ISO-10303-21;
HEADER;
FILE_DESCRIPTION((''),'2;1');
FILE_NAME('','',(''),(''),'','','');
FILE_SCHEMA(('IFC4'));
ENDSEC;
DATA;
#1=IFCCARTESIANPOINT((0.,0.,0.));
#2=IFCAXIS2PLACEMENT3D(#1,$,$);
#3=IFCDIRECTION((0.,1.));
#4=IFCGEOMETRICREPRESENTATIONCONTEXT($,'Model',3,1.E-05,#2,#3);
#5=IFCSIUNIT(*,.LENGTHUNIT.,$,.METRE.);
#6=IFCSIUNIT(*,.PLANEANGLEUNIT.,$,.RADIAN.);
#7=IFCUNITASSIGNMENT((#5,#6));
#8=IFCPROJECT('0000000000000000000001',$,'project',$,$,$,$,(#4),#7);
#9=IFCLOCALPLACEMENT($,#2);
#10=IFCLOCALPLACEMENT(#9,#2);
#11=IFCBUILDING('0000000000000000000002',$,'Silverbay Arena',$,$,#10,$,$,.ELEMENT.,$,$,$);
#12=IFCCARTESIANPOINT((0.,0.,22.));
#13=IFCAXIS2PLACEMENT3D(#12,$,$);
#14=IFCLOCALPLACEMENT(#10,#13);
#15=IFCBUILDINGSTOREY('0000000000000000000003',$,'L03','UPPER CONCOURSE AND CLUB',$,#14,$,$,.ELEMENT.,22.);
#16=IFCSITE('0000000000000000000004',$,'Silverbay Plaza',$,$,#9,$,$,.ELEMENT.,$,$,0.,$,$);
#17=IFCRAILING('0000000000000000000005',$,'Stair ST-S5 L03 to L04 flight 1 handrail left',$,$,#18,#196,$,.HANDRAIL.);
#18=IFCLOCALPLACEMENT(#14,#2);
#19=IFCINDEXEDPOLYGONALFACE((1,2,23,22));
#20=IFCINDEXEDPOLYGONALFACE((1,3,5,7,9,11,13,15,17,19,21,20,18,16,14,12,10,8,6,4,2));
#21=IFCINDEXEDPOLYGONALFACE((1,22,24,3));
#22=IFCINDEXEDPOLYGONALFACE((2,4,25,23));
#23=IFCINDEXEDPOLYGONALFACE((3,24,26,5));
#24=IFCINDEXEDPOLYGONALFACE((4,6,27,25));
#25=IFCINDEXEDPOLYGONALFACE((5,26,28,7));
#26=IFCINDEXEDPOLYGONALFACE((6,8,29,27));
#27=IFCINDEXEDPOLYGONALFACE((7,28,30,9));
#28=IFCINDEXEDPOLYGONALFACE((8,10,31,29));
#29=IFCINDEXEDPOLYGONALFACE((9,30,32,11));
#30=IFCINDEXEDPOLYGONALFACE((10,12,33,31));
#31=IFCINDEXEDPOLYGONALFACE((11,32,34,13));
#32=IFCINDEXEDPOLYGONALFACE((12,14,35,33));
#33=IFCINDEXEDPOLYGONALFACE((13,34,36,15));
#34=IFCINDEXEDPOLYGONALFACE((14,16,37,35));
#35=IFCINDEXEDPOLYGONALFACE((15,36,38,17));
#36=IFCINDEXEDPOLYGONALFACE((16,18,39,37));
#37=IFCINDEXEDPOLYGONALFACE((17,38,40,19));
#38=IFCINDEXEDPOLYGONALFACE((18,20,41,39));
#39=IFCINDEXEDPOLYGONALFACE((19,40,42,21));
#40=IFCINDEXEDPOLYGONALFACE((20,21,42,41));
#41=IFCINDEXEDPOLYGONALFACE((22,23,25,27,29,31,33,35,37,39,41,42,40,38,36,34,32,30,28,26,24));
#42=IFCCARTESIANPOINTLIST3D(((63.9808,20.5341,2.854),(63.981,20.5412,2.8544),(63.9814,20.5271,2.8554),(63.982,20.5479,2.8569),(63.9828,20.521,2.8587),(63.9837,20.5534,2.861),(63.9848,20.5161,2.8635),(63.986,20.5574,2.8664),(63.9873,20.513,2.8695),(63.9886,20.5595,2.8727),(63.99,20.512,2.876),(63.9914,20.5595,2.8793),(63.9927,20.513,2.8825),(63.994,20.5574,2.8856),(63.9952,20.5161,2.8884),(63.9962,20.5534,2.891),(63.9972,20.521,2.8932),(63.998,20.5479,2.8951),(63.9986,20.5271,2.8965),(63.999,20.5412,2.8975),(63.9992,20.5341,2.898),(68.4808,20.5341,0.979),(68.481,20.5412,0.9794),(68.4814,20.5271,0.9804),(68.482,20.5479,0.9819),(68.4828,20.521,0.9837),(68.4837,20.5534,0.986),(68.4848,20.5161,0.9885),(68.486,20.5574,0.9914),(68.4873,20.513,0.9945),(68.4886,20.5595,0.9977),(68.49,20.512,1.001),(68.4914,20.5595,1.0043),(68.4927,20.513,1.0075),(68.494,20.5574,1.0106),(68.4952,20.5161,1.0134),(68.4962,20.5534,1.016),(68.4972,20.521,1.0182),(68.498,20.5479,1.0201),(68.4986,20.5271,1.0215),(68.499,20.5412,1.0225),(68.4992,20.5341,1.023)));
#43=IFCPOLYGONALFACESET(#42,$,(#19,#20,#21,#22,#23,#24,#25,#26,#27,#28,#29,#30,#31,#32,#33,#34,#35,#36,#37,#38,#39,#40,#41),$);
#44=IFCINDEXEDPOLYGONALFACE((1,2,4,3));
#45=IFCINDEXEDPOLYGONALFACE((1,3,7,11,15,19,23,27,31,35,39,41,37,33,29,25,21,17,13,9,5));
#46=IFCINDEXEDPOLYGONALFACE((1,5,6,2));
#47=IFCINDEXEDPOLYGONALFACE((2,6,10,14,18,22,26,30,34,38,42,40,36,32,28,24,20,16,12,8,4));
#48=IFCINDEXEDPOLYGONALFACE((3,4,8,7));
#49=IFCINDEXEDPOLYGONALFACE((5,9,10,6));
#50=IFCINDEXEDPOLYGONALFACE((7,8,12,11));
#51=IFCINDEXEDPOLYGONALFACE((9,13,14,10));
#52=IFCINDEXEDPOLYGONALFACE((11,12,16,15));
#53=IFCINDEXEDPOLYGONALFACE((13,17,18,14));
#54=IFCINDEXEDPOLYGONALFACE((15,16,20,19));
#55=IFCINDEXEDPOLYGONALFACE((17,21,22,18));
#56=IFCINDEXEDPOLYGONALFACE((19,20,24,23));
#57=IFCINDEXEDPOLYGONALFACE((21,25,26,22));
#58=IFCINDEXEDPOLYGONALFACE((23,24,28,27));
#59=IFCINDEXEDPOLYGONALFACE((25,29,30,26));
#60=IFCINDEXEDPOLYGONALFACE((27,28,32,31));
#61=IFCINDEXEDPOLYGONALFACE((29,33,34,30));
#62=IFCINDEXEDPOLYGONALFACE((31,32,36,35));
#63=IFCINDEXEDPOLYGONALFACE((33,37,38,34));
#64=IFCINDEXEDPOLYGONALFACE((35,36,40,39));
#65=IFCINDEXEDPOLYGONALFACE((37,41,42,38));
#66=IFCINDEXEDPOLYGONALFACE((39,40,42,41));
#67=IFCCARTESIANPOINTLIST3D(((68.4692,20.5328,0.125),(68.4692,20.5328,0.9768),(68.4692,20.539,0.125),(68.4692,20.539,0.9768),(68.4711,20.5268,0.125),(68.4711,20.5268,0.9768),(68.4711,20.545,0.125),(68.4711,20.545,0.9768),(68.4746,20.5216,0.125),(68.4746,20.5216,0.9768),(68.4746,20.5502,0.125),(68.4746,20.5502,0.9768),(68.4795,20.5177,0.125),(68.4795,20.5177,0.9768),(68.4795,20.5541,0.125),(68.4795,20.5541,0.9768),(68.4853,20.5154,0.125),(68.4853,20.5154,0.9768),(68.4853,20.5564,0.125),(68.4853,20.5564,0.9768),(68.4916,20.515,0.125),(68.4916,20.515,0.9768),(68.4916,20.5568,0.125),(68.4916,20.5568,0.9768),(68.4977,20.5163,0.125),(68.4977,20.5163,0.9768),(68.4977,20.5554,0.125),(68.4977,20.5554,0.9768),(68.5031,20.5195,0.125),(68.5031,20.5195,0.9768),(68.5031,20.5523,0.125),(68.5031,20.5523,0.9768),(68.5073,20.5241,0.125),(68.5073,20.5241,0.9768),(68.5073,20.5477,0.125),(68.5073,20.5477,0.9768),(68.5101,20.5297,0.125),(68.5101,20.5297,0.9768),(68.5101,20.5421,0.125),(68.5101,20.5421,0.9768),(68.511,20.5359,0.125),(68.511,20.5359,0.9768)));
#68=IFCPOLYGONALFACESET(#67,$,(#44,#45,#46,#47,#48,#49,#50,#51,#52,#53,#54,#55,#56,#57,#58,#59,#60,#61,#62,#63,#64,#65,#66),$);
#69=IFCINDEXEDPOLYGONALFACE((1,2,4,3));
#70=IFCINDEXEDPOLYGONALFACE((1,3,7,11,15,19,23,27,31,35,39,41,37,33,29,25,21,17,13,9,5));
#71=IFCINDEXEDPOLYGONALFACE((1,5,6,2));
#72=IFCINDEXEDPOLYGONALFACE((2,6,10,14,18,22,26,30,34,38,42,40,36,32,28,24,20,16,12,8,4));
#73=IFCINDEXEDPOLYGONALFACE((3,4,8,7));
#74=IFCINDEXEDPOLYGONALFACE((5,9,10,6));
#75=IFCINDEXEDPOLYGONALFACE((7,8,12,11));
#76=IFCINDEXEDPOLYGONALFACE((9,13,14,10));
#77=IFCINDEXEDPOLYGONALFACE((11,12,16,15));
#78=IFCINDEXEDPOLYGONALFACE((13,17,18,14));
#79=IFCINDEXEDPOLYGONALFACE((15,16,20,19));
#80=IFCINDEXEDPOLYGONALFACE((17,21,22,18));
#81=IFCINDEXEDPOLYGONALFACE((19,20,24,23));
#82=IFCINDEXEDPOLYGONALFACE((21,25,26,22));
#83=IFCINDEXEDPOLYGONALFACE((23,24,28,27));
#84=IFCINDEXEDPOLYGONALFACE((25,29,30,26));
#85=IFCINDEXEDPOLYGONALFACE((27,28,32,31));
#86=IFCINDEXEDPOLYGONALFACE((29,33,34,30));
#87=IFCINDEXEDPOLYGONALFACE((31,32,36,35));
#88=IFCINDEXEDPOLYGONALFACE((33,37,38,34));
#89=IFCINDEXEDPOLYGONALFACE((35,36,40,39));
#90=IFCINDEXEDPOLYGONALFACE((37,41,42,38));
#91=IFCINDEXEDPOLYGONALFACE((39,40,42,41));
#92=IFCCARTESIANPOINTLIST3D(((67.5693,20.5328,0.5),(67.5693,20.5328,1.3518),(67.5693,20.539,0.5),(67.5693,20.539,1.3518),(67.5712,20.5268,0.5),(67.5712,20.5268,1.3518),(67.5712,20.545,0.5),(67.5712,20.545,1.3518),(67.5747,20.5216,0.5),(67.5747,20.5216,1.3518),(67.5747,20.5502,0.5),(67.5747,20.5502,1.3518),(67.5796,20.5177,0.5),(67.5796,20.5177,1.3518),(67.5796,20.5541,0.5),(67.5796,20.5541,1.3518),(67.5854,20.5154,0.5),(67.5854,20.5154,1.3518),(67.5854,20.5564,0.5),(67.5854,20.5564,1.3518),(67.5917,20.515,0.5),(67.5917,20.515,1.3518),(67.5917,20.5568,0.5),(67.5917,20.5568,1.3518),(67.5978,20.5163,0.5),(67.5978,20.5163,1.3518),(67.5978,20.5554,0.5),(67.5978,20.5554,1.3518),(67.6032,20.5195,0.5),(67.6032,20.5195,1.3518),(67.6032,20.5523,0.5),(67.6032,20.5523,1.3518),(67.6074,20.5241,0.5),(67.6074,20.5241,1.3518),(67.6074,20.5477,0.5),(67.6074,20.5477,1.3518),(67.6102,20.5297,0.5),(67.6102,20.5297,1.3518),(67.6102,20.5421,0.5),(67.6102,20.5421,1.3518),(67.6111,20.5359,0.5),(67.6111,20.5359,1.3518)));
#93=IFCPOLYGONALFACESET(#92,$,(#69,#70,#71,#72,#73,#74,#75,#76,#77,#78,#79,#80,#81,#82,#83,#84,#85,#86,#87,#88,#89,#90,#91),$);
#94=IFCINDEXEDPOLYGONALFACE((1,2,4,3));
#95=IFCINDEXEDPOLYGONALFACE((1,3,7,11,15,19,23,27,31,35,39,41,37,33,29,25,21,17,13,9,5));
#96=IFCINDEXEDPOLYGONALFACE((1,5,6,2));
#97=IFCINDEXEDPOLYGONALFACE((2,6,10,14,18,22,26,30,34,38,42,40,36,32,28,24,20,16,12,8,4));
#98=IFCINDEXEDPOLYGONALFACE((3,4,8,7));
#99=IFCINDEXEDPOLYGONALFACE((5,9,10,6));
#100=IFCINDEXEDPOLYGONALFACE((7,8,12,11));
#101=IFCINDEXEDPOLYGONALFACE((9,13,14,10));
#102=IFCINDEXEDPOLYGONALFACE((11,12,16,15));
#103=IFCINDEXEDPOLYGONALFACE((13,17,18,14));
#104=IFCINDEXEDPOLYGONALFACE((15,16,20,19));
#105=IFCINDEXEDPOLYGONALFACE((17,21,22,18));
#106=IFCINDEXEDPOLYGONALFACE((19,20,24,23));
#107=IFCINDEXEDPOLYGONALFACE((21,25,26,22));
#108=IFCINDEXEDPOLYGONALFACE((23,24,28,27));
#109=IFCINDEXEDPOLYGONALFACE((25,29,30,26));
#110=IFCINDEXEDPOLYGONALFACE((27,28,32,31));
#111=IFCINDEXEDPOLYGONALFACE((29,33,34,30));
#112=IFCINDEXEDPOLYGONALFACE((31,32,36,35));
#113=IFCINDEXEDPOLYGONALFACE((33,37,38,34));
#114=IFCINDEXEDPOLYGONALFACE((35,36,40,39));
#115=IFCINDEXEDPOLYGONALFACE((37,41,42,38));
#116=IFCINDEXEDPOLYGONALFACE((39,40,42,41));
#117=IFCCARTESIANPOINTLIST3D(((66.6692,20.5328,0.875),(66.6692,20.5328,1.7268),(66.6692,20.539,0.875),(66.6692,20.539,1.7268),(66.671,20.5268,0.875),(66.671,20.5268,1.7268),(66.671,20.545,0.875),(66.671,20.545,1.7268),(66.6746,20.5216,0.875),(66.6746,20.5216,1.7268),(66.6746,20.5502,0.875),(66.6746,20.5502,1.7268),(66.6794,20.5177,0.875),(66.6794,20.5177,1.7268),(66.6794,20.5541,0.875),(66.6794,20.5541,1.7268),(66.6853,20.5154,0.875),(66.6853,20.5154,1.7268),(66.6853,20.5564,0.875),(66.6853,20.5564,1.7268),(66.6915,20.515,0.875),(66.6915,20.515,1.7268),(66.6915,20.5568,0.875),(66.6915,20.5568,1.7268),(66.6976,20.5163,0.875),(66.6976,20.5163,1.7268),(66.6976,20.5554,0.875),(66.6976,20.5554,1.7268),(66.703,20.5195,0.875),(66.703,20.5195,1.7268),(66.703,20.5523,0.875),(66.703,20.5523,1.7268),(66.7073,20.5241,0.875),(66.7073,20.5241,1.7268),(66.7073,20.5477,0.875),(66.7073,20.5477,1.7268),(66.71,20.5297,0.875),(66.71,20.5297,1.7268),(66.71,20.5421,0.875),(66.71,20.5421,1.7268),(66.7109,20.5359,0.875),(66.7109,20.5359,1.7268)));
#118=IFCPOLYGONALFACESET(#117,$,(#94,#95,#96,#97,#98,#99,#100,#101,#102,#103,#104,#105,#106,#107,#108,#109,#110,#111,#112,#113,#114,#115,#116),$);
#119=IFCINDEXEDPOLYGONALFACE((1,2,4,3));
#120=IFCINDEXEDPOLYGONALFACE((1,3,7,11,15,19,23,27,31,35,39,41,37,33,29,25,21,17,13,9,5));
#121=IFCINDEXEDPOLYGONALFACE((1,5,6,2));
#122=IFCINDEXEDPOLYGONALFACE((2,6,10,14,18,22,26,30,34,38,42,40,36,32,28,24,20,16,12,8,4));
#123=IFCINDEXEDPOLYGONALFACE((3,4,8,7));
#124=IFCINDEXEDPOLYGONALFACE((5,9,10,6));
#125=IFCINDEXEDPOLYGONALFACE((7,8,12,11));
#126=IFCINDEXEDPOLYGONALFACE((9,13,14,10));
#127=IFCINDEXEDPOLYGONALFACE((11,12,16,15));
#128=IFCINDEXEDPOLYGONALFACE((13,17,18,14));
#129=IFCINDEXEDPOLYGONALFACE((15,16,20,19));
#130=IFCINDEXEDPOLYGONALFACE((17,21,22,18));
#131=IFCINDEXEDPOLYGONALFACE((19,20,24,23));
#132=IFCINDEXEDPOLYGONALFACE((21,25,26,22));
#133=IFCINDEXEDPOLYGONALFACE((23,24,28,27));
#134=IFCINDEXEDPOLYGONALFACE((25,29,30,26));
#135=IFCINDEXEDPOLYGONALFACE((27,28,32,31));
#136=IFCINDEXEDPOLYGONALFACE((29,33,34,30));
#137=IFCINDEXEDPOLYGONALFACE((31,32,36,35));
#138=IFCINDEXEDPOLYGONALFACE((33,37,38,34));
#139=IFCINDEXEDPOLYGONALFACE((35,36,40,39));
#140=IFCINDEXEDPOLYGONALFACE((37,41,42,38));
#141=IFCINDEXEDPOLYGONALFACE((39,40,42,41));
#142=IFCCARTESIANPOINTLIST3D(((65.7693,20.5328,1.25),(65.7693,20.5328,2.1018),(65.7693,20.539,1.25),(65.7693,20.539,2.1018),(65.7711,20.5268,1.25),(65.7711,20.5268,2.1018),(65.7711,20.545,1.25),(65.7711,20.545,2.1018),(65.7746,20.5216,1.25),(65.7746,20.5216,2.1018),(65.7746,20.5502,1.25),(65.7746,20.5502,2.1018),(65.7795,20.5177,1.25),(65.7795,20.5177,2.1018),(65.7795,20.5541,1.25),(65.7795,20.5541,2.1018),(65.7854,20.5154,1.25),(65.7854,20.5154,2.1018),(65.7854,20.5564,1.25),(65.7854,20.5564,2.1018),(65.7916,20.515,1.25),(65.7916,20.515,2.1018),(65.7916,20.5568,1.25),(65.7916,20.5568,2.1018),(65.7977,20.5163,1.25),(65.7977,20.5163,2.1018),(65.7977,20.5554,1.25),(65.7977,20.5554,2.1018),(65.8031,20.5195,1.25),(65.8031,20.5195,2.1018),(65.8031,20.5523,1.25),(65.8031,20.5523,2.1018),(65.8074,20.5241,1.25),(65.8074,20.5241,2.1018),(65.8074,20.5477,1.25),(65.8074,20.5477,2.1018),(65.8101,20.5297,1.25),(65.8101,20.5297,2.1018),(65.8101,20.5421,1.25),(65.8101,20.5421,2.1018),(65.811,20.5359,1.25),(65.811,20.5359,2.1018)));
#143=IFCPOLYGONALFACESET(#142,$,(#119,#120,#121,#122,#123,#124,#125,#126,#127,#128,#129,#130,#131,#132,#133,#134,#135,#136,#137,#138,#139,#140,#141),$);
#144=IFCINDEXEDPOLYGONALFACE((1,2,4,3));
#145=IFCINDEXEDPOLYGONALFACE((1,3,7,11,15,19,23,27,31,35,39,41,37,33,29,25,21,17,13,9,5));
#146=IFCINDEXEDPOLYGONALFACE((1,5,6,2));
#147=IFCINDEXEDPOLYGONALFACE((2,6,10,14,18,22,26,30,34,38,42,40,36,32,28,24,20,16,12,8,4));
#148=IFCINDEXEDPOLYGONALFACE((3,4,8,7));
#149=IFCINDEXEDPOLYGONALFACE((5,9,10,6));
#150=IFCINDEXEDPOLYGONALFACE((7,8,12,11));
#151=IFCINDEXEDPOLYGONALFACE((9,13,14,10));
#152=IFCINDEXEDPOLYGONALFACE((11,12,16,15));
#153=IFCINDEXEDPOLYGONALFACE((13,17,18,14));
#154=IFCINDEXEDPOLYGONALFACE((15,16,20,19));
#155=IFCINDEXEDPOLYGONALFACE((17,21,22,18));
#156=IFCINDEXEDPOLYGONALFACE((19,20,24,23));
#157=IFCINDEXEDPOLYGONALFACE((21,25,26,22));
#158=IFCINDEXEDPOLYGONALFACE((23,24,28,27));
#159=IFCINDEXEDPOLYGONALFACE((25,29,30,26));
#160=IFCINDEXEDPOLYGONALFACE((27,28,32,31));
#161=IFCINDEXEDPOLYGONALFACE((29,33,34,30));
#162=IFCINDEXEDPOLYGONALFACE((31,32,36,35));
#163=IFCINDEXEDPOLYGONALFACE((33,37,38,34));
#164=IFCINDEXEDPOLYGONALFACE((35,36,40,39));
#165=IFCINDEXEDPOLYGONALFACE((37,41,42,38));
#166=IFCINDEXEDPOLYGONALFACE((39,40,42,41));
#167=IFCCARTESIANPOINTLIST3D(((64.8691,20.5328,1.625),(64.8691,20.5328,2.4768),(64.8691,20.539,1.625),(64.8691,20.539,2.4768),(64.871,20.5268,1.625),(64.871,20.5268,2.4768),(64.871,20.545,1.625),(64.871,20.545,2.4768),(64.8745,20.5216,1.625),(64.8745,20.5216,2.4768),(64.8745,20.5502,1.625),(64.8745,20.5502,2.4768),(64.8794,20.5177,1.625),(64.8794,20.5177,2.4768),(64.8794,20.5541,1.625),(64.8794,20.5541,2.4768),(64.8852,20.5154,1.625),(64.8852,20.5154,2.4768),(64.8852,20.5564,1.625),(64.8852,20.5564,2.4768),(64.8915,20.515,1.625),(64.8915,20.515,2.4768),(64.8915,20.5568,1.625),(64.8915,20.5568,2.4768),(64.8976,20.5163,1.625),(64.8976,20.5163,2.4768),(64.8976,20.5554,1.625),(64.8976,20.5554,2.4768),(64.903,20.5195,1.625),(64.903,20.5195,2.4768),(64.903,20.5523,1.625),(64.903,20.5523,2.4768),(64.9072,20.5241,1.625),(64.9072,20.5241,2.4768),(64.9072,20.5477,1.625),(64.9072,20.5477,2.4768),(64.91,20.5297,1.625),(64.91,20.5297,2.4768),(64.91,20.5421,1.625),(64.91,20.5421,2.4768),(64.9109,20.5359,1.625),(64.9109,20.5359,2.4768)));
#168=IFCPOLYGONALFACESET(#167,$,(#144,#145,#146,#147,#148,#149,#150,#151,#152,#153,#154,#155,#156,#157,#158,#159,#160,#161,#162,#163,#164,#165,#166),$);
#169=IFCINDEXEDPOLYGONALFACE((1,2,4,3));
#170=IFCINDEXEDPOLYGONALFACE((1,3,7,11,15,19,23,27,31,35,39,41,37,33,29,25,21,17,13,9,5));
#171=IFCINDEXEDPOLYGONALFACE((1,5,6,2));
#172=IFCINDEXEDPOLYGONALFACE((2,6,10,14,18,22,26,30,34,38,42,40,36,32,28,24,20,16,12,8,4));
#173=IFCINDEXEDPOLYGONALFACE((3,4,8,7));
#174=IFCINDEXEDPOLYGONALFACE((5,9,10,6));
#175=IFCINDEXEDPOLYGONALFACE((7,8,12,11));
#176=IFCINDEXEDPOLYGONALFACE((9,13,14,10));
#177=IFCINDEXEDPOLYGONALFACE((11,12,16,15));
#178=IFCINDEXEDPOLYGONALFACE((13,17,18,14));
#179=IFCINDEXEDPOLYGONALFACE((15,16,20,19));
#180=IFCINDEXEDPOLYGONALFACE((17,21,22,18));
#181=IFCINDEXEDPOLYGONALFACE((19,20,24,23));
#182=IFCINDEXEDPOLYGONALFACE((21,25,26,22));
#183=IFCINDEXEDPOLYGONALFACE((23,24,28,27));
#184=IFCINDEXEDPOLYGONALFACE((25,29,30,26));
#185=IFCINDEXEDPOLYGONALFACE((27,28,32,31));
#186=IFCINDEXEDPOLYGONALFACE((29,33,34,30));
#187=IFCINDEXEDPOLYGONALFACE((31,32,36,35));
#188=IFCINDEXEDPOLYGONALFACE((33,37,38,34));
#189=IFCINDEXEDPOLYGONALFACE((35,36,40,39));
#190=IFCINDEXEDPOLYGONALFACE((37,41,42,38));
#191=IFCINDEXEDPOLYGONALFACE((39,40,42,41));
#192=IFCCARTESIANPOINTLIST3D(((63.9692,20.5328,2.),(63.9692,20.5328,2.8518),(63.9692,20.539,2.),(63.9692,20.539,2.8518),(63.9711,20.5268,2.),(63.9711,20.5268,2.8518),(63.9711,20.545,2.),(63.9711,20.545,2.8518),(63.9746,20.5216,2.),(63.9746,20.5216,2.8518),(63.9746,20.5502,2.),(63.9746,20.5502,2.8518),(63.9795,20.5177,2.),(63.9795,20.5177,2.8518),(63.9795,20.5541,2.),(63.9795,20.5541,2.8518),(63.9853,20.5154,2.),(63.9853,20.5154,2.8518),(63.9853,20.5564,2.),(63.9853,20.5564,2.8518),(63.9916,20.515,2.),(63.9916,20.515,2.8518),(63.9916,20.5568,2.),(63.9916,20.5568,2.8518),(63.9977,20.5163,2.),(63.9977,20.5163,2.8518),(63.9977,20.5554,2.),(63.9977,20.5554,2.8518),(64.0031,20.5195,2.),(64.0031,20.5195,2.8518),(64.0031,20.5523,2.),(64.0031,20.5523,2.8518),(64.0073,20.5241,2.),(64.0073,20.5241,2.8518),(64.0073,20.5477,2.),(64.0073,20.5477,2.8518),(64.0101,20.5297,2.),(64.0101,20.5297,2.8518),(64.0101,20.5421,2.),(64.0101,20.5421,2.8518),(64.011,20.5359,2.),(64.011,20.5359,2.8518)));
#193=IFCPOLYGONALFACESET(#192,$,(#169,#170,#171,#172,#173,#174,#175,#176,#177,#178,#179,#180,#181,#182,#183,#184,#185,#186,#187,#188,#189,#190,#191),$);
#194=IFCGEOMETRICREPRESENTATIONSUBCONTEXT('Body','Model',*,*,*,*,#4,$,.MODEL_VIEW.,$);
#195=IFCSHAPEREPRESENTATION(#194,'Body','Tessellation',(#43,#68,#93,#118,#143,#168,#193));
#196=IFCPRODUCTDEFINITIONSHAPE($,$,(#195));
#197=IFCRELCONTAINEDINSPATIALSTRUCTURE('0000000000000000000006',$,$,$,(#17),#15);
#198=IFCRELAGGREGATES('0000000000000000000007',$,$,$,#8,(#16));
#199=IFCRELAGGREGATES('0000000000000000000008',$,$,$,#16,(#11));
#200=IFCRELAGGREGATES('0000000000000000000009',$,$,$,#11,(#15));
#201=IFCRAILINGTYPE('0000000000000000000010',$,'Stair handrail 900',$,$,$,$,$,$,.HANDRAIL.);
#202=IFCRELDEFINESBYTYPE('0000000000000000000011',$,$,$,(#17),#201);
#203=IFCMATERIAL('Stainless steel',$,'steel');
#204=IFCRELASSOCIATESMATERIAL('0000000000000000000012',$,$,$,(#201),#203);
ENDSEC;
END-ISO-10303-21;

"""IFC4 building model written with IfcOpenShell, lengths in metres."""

from ifc_helpers import new_model, si_unit, direction, frame, origin, origin_2d, place, context, subcontext, project, spatial, circle, extrude, material, type_object, element, save


model = new_model("IFC4")

# Units and contexts
model_context = context("Model", 3, precision=1e-05, world=origin(), true_north=direction((0.0, 1.0)))
body_context = subcontext(model_context, "Body", "Model", "MODEL_VIEW")
ifc_project = project(units=[si_unit("LENGTHUNIT", "METRE"), si_unit("PLANEANGLEUNIT", "RADIAN")], contexts=[model_context])

# Site, building, storey
site_placement = place(None, origin())
site = spatial("IfcSite", under=ifc_project, at=site_placement, Name="Silverbay Plaza", CompositionType="ELEMENT", RefElevation=0.0)
building_placement = place(site_placement, origin())
building = spatial("IfcBuilding", under=site, at=building_placement, Name="Silverbay Arena", CompositionType="ELEMENT")
storey_placement = place(building_placement, frame((0.0, 0.0, 22.0)))
storey = spatial("IfcBuildingStorey", under=building, at=storey_placement, Name="L03", Description="UPPER CONCOURSE AND CLUB", CompositionType="ELEMENT", Elevation=22.0)

# Railing
ifc_material_1 = material(Name="Stainless steel", Category="steel")
railing_type_1 = type_object("IfcRailingType", Name="Stair handrail 900", PredefinedType="HANDRAIL", material=ifc_material_1)
for number, where, name in (
    (1, (68.49, 20.5359, 0.125), "Stair ST-S5 L03 to L04 flight 1 handrail left"),
):
    element("IfcRailing", number, at=place(storey_placement, frame(where)), inside=storey, type_object=railing_type_1, Name=name, PredefinedType="HANDRAIL", context=body_context, shape_type="SweptSolid", body=[
        extrude(circle(Radius=0.0239, at=origin_2d()), frame((0.0, 0.0, 0.876), z_axis=(-0.923077, 0.0, 0.384615), x_axis=(0.0, -1.0, 0.0)), (0.0, 0.0, 1.0), 4.875),
        extrude(circle(Radius=0.021, at=origin_2d()), origin(), (0.0, 0.0, 1.0), 0.8518),
        extrude(circle(Radius=0.021, at=origin_2d()), frame((-0.8999, 0.0, 0.375)), (0.0, 0.0, 1.0), 0.8518),
        extrude(circle(Radius=0.021, at=origin_2d()), frame((-1.8, 0.0, 0.75)), (0.0, 0.0, 1.0), 0.8518),
        extrude(circle(Radius=0.021, at=origin_2d()), frame((-2.7, 0.0, 1.125)), (0.0, 0.0, 1.0), 0.8518),
        extrude(circle(Radius=0.021, at=origin_2d()), frame((-3.6001, 0.0, 1.5)), (0.0, 0.0, 1.0), 0.8518),
        extrude(circle(Radius=0.021, at=origin_2d()), frame((-4.5, 0.0, 1.875)), (0.0, 0.0, 1.0), 0.8518),
    ])

save(model, "model.ifc")
